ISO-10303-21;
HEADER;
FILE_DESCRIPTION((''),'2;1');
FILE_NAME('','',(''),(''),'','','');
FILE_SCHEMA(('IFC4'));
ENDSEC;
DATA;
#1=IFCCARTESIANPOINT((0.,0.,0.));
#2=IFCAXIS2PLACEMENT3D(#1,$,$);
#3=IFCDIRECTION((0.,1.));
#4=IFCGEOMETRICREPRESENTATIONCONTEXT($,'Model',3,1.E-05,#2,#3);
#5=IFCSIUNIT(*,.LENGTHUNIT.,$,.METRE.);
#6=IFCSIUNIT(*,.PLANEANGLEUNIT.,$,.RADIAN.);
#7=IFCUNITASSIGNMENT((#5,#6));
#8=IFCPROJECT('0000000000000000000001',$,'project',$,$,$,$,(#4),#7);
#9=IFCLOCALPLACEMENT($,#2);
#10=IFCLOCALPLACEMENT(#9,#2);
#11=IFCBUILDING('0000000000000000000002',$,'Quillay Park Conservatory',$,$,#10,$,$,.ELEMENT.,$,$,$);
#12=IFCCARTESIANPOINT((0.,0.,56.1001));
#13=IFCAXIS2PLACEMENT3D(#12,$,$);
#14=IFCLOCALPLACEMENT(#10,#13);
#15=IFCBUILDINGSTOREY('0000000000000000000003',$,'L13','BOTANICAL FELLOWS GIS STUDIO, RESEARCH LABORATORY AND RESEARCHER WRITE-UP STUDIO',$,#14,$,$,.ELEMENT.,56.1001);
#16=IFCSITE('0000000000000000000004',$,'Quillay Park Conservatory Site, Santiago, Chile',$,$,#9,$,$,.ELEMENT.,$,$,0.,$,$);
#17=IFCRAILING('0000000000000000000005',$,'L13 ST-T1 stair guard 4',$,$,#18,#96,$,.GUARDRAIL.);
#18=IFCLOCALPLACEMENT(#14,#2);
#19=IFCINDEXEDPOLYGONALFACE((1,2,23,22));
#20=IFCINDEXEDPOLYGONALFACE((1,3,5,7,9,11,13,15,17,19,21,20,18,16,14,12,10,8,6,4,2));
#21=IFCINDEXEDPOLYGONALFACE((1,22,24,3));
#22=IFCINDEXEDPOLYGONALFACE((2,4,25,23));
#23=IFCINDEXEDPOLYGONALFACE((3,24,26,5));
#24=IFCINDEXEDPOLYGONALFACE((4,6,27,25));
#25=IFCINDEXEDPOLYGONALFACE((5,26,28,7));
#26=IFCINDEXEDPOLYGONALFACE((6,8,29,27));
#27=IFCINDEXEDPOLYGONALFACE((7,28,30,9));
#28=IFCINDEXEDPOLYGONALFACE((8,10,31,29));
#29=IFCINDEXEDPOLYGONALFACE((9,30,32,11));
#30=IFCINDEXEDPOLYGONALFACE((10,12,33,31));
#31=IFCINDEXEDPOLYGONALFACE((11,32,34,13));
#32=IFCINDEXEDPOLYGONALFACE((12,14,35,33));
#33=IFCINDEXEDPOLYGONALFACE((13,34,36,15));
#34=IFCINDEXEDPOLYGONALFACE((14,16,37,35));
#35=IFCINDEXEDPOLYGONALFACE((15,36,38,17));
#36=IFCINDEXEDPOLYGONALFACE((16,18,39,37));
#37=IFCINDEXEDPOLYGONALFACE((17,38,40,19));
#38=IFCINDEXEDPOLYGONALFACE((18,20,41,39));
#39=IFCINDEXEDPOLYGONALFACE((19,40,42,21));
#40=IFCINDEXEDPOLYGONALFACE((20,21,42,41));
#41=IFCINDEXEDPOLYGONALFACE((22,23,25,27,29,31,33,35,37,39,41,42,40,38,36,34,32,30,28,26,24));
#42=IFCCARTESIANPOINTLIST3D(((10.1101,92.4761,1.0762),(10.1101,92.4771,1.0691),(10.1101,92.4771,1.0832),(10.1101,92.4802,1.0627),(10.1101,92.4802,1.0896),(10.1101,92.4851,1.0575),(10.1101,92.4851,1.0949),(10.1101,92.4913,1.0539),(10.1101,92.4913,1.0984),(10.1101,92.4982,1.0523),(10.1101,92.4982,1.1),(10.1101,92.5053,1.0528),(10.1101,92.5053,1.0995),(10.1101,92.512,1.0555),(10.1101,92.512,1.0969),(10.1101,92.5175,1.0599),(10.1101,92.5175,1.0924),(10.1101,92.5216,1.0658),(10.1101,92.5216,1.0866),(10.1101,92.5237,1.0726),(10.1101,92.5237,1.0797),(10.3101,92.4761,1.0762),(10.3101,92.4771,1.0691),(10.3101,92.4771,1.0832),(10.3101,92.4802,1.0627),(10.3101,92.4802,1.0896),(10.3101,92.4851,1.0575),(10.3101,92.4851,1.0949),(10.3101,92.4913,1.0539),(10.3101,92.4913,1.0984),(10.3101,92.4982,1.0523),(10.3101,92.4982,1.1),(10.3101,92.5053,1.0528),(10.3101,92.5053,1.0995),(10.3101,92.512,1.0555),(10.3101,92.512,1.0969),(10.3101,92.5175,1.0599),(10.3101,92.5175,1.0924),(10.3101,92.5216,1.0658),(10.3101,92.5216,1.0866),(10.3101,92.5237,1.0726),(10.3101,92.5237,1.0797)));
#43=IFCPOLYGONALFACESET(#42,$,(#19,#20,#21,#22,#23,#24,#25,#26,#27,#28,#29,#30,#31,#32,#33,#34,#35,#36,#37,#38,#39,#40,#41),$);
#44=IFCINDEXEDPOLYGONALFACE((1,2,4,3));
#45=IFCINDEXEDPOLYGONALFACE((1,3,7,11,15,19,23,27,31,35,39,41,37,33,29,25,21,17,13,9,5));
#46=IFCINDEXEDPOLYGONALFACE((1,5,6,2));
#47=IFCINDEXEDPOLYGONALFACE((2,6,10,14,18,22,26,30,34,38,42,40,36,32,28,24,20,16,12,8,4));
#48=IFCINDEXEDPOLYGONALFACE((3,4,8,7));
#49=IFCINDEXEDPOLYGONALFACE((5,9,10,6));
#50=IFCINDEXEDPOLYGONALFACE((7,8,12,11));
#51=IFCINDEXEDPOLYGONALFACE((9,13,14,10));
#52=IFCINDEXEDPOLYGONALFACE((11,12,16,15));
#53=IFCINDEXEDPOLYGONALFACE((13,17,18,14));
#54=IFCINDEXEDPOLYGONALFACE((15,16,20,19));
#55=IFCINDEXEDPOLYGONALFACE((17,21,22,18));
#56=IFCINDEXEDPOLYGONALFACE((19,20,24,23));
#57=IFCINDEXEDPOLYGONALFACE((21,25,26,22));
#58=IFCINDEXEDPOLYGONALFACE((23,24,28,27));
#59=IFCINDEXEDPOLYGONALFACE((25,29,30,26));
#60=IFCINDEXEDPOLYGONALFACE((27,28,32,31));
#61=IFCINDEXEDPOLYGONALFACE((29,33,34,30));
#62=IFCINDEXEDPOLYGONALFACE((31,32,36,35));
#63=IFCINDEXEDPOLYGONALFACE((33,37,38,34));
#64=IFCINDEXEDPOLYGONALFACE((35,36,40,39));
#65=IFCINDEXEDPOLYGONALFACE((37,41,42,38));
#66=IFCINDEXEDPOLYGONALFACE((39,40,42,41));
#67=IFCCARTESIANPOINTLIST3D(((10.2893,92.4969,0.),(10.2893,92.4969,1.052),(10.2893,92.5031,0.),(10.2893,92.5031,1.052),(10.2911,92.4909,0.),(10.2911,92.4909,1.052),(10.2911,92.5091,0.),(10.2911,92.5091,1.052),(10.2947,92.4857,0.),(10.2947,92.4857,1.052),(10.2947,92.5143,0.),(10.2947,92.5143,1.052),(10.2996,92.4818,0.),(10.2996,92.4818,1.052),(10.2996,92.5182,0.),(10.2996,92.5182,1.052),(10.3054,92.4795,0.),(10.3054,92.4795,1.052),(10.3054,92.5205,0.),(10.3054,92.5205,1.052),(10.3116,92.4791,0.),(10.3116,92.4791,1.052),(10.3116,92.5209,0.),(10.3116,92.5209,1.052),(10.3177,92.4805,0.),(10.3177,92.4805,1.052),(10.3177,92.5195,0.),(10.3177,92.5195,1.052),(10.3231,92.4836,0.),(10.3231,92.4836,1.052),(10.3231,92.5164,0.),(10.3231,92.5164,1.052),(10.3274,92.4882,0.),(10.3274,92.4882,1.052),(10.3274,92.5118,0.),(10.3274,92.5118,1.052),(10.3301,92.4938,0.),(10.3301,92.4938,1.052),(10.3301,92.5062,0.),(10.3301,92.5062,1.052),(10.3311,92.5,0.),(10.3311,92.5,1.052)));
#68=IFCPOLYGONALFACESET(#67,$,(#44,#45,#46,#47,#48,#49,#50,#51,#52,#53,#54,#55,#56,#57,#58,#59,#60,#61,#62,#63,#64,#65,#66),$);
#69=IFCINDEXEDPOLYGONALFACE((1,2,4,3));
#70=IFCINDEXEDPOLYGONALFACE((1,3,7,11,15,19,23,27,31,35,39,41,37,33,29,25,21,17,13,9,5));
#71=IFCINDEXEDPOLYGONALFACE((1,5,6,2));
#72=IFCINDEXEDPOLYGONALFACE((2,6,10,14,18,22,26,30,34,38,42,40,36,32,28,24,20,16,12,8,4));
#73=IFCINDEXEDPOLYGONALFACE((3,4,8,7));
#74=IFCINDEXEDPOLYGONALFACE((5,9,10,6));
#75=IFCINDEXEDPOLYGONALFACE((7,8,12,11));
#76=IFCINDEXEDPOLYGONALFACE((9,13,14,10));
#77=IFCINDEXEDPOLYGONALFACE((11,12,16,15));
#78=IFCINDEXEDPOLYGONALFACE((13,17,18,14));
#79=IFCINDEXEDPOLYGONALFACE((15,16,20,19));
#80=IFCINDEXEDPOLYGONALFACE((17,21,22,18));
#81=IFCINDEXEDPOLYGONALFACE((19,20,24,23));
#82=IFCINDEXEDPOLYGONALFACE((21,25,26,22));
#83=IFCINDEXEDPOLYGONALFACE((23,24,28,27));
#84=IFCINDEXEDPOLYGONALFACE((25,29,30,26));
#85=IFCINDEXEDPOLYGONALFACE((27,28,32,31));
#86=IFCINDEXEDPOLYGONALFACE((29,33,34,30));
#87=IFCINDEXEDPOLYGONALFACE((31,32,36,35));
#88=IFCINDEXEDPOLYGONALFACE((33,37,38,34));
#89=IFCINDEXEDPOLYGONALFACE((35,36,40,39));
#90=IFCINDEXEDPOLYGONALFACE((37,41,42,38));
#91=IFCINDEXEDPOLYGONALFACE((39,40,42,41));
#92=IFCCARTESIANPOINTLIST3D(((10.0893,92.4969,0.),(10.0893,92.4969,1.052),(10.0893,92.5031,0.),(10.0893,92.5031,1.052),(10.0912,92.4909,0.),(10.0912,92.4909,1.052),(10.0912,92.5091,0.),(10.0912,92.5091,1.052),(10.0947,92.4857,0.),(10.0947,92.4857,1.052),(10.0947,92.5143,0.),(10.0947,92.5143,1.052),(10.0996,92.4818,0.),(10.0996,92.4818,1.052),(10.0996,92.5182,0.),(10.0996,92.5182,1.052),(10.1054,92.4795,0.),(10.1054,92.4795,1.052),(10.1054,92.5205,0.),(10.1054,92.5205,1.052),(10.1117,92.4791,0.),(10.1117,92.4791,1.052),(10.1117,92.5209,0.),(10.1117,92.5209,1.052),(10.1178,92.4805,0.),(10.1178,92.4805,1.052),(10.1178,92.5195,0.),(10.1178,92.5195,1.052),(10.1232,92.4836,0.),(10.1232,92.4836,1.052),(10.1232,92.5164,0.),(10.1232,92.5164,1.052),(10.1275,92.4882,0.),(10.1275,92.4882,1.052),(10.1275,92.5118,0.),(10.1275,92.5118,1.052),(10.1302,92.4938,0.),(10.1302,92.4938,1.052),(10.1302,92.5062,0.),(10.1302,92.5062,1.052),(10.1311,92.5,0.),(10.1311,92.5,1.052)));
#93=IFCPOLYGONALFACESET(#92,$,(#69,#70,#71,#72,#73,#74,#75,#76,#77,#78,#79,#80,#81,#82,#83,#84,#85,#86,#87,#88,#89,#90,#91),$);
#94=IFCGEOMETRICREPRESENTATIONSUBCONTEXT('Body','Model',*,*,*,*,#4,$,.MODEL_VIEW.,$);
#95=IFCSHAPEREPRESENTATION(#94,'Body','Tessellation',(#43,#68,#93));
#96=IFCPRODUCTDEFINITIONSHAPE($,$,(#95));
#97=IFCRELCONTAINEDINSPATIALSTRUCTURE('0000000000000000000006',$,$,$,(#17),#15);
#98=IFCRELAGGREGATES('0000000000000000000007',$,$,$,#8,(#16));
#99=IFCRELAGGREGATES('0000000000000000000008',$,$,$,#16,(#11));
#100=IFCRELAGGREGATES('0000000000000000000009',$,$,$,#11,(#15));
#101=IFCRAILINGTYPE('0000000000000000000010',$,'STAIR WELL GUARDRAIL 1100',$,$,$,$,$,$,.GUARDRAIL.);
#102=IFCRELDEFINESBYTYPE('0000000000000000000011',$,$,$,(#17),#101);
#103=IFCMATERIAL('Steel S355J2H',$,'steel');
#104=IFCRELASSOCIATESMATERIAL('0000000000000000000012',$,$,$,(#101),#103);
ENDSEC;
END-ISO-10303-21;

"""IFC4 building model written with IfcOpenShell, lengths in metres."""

from ifc_helpers import new_model, si_unit, direction, frame, origin, origin_2d, place, context, subcontext, project, spatial, circle, extrude, material, type_object, element, save


model = new_model("IFC4")

# Units and contexts
model_context = context("Model", 3, precision=1e-05, world=origin(), true_north=direction((0.0, 1.0)))
body_context = subcontext(model_context, "Body", "Model", "MODEL_VIEW")
ifc_project = project(units=[si_unit("LENGTHUNIT", "METRE"), si_unit("PLANEANGLEUNIT", "RADIAN")], contexts=[model_context])

# Site, building, storey
site_placement = place(None, origin())
site = spatial("IfcSite", under=ifc_project, at=site_placement, Name="Quillay Park Conservatory Site, Santiago, Chile", CompositionType="ELEMENT", RefElevation=0.0)
building_placement = place(site_placement, origin())
building = spatial("IfcBuilding", under=site, at=building_placement, Name="Quillay Park Conservatory", CompositionType="ELEMENT")
storey_placement = place(building_placement, frame((0.0, 0.0, 56.1001)))
storey = spatial("IfcBuildingStorey", under=building, at=storey_placement, Name="L13", Description="BOTANICAL FELLOWS GIS STUDIO, RESEARCH LABORATORY AND RESEARCHER WRITE-UP STUDIO", CompositionType="ELEMENT", Elevation=56.1001)

# Railing
ifc_material_1 = material(Name="Steel S355J2H", Category="steel")
railing_type_1 = type_object("IfcRailingType", Name="STAIR WELL GUARDRAIL 1100", PredefinedType="GUARDRAIL", material=ifc_material_1)
railing_1_placement = place(storey_placement, frame((10.3101, 92.5, 0.0)))
element("IfcRailing", 1, at=railing_1_placement, inside=storey, type_object=railing_type_1, Name="L13 ST-T1 stair guard 4", PredefinedType="GUARDRAIL", context=body_context, shape_type="SweptSolid", body=[
    extrude(circle(Radius=0.0239, at=origin_2d()), frame((0.0, 0.0, 1.0762), z_axis=(-1.0, 0.0, 0.0), x_axis=(0.0, -1.0, 0.0)), (0.0, 0.0, 1.0), 0.2),
    extrude(circle(Radius=0.021, at=origin_2d()), origin(), (0.0, 0.0, 1.0), 1.052),
    extrude(circle(Radius=0.021, at=origin_2d()), frame((-0.2, 0.0, 0.0)), (0.0, 0.0, 1.0), 1.052),
])

save(model, "model.ifc")
